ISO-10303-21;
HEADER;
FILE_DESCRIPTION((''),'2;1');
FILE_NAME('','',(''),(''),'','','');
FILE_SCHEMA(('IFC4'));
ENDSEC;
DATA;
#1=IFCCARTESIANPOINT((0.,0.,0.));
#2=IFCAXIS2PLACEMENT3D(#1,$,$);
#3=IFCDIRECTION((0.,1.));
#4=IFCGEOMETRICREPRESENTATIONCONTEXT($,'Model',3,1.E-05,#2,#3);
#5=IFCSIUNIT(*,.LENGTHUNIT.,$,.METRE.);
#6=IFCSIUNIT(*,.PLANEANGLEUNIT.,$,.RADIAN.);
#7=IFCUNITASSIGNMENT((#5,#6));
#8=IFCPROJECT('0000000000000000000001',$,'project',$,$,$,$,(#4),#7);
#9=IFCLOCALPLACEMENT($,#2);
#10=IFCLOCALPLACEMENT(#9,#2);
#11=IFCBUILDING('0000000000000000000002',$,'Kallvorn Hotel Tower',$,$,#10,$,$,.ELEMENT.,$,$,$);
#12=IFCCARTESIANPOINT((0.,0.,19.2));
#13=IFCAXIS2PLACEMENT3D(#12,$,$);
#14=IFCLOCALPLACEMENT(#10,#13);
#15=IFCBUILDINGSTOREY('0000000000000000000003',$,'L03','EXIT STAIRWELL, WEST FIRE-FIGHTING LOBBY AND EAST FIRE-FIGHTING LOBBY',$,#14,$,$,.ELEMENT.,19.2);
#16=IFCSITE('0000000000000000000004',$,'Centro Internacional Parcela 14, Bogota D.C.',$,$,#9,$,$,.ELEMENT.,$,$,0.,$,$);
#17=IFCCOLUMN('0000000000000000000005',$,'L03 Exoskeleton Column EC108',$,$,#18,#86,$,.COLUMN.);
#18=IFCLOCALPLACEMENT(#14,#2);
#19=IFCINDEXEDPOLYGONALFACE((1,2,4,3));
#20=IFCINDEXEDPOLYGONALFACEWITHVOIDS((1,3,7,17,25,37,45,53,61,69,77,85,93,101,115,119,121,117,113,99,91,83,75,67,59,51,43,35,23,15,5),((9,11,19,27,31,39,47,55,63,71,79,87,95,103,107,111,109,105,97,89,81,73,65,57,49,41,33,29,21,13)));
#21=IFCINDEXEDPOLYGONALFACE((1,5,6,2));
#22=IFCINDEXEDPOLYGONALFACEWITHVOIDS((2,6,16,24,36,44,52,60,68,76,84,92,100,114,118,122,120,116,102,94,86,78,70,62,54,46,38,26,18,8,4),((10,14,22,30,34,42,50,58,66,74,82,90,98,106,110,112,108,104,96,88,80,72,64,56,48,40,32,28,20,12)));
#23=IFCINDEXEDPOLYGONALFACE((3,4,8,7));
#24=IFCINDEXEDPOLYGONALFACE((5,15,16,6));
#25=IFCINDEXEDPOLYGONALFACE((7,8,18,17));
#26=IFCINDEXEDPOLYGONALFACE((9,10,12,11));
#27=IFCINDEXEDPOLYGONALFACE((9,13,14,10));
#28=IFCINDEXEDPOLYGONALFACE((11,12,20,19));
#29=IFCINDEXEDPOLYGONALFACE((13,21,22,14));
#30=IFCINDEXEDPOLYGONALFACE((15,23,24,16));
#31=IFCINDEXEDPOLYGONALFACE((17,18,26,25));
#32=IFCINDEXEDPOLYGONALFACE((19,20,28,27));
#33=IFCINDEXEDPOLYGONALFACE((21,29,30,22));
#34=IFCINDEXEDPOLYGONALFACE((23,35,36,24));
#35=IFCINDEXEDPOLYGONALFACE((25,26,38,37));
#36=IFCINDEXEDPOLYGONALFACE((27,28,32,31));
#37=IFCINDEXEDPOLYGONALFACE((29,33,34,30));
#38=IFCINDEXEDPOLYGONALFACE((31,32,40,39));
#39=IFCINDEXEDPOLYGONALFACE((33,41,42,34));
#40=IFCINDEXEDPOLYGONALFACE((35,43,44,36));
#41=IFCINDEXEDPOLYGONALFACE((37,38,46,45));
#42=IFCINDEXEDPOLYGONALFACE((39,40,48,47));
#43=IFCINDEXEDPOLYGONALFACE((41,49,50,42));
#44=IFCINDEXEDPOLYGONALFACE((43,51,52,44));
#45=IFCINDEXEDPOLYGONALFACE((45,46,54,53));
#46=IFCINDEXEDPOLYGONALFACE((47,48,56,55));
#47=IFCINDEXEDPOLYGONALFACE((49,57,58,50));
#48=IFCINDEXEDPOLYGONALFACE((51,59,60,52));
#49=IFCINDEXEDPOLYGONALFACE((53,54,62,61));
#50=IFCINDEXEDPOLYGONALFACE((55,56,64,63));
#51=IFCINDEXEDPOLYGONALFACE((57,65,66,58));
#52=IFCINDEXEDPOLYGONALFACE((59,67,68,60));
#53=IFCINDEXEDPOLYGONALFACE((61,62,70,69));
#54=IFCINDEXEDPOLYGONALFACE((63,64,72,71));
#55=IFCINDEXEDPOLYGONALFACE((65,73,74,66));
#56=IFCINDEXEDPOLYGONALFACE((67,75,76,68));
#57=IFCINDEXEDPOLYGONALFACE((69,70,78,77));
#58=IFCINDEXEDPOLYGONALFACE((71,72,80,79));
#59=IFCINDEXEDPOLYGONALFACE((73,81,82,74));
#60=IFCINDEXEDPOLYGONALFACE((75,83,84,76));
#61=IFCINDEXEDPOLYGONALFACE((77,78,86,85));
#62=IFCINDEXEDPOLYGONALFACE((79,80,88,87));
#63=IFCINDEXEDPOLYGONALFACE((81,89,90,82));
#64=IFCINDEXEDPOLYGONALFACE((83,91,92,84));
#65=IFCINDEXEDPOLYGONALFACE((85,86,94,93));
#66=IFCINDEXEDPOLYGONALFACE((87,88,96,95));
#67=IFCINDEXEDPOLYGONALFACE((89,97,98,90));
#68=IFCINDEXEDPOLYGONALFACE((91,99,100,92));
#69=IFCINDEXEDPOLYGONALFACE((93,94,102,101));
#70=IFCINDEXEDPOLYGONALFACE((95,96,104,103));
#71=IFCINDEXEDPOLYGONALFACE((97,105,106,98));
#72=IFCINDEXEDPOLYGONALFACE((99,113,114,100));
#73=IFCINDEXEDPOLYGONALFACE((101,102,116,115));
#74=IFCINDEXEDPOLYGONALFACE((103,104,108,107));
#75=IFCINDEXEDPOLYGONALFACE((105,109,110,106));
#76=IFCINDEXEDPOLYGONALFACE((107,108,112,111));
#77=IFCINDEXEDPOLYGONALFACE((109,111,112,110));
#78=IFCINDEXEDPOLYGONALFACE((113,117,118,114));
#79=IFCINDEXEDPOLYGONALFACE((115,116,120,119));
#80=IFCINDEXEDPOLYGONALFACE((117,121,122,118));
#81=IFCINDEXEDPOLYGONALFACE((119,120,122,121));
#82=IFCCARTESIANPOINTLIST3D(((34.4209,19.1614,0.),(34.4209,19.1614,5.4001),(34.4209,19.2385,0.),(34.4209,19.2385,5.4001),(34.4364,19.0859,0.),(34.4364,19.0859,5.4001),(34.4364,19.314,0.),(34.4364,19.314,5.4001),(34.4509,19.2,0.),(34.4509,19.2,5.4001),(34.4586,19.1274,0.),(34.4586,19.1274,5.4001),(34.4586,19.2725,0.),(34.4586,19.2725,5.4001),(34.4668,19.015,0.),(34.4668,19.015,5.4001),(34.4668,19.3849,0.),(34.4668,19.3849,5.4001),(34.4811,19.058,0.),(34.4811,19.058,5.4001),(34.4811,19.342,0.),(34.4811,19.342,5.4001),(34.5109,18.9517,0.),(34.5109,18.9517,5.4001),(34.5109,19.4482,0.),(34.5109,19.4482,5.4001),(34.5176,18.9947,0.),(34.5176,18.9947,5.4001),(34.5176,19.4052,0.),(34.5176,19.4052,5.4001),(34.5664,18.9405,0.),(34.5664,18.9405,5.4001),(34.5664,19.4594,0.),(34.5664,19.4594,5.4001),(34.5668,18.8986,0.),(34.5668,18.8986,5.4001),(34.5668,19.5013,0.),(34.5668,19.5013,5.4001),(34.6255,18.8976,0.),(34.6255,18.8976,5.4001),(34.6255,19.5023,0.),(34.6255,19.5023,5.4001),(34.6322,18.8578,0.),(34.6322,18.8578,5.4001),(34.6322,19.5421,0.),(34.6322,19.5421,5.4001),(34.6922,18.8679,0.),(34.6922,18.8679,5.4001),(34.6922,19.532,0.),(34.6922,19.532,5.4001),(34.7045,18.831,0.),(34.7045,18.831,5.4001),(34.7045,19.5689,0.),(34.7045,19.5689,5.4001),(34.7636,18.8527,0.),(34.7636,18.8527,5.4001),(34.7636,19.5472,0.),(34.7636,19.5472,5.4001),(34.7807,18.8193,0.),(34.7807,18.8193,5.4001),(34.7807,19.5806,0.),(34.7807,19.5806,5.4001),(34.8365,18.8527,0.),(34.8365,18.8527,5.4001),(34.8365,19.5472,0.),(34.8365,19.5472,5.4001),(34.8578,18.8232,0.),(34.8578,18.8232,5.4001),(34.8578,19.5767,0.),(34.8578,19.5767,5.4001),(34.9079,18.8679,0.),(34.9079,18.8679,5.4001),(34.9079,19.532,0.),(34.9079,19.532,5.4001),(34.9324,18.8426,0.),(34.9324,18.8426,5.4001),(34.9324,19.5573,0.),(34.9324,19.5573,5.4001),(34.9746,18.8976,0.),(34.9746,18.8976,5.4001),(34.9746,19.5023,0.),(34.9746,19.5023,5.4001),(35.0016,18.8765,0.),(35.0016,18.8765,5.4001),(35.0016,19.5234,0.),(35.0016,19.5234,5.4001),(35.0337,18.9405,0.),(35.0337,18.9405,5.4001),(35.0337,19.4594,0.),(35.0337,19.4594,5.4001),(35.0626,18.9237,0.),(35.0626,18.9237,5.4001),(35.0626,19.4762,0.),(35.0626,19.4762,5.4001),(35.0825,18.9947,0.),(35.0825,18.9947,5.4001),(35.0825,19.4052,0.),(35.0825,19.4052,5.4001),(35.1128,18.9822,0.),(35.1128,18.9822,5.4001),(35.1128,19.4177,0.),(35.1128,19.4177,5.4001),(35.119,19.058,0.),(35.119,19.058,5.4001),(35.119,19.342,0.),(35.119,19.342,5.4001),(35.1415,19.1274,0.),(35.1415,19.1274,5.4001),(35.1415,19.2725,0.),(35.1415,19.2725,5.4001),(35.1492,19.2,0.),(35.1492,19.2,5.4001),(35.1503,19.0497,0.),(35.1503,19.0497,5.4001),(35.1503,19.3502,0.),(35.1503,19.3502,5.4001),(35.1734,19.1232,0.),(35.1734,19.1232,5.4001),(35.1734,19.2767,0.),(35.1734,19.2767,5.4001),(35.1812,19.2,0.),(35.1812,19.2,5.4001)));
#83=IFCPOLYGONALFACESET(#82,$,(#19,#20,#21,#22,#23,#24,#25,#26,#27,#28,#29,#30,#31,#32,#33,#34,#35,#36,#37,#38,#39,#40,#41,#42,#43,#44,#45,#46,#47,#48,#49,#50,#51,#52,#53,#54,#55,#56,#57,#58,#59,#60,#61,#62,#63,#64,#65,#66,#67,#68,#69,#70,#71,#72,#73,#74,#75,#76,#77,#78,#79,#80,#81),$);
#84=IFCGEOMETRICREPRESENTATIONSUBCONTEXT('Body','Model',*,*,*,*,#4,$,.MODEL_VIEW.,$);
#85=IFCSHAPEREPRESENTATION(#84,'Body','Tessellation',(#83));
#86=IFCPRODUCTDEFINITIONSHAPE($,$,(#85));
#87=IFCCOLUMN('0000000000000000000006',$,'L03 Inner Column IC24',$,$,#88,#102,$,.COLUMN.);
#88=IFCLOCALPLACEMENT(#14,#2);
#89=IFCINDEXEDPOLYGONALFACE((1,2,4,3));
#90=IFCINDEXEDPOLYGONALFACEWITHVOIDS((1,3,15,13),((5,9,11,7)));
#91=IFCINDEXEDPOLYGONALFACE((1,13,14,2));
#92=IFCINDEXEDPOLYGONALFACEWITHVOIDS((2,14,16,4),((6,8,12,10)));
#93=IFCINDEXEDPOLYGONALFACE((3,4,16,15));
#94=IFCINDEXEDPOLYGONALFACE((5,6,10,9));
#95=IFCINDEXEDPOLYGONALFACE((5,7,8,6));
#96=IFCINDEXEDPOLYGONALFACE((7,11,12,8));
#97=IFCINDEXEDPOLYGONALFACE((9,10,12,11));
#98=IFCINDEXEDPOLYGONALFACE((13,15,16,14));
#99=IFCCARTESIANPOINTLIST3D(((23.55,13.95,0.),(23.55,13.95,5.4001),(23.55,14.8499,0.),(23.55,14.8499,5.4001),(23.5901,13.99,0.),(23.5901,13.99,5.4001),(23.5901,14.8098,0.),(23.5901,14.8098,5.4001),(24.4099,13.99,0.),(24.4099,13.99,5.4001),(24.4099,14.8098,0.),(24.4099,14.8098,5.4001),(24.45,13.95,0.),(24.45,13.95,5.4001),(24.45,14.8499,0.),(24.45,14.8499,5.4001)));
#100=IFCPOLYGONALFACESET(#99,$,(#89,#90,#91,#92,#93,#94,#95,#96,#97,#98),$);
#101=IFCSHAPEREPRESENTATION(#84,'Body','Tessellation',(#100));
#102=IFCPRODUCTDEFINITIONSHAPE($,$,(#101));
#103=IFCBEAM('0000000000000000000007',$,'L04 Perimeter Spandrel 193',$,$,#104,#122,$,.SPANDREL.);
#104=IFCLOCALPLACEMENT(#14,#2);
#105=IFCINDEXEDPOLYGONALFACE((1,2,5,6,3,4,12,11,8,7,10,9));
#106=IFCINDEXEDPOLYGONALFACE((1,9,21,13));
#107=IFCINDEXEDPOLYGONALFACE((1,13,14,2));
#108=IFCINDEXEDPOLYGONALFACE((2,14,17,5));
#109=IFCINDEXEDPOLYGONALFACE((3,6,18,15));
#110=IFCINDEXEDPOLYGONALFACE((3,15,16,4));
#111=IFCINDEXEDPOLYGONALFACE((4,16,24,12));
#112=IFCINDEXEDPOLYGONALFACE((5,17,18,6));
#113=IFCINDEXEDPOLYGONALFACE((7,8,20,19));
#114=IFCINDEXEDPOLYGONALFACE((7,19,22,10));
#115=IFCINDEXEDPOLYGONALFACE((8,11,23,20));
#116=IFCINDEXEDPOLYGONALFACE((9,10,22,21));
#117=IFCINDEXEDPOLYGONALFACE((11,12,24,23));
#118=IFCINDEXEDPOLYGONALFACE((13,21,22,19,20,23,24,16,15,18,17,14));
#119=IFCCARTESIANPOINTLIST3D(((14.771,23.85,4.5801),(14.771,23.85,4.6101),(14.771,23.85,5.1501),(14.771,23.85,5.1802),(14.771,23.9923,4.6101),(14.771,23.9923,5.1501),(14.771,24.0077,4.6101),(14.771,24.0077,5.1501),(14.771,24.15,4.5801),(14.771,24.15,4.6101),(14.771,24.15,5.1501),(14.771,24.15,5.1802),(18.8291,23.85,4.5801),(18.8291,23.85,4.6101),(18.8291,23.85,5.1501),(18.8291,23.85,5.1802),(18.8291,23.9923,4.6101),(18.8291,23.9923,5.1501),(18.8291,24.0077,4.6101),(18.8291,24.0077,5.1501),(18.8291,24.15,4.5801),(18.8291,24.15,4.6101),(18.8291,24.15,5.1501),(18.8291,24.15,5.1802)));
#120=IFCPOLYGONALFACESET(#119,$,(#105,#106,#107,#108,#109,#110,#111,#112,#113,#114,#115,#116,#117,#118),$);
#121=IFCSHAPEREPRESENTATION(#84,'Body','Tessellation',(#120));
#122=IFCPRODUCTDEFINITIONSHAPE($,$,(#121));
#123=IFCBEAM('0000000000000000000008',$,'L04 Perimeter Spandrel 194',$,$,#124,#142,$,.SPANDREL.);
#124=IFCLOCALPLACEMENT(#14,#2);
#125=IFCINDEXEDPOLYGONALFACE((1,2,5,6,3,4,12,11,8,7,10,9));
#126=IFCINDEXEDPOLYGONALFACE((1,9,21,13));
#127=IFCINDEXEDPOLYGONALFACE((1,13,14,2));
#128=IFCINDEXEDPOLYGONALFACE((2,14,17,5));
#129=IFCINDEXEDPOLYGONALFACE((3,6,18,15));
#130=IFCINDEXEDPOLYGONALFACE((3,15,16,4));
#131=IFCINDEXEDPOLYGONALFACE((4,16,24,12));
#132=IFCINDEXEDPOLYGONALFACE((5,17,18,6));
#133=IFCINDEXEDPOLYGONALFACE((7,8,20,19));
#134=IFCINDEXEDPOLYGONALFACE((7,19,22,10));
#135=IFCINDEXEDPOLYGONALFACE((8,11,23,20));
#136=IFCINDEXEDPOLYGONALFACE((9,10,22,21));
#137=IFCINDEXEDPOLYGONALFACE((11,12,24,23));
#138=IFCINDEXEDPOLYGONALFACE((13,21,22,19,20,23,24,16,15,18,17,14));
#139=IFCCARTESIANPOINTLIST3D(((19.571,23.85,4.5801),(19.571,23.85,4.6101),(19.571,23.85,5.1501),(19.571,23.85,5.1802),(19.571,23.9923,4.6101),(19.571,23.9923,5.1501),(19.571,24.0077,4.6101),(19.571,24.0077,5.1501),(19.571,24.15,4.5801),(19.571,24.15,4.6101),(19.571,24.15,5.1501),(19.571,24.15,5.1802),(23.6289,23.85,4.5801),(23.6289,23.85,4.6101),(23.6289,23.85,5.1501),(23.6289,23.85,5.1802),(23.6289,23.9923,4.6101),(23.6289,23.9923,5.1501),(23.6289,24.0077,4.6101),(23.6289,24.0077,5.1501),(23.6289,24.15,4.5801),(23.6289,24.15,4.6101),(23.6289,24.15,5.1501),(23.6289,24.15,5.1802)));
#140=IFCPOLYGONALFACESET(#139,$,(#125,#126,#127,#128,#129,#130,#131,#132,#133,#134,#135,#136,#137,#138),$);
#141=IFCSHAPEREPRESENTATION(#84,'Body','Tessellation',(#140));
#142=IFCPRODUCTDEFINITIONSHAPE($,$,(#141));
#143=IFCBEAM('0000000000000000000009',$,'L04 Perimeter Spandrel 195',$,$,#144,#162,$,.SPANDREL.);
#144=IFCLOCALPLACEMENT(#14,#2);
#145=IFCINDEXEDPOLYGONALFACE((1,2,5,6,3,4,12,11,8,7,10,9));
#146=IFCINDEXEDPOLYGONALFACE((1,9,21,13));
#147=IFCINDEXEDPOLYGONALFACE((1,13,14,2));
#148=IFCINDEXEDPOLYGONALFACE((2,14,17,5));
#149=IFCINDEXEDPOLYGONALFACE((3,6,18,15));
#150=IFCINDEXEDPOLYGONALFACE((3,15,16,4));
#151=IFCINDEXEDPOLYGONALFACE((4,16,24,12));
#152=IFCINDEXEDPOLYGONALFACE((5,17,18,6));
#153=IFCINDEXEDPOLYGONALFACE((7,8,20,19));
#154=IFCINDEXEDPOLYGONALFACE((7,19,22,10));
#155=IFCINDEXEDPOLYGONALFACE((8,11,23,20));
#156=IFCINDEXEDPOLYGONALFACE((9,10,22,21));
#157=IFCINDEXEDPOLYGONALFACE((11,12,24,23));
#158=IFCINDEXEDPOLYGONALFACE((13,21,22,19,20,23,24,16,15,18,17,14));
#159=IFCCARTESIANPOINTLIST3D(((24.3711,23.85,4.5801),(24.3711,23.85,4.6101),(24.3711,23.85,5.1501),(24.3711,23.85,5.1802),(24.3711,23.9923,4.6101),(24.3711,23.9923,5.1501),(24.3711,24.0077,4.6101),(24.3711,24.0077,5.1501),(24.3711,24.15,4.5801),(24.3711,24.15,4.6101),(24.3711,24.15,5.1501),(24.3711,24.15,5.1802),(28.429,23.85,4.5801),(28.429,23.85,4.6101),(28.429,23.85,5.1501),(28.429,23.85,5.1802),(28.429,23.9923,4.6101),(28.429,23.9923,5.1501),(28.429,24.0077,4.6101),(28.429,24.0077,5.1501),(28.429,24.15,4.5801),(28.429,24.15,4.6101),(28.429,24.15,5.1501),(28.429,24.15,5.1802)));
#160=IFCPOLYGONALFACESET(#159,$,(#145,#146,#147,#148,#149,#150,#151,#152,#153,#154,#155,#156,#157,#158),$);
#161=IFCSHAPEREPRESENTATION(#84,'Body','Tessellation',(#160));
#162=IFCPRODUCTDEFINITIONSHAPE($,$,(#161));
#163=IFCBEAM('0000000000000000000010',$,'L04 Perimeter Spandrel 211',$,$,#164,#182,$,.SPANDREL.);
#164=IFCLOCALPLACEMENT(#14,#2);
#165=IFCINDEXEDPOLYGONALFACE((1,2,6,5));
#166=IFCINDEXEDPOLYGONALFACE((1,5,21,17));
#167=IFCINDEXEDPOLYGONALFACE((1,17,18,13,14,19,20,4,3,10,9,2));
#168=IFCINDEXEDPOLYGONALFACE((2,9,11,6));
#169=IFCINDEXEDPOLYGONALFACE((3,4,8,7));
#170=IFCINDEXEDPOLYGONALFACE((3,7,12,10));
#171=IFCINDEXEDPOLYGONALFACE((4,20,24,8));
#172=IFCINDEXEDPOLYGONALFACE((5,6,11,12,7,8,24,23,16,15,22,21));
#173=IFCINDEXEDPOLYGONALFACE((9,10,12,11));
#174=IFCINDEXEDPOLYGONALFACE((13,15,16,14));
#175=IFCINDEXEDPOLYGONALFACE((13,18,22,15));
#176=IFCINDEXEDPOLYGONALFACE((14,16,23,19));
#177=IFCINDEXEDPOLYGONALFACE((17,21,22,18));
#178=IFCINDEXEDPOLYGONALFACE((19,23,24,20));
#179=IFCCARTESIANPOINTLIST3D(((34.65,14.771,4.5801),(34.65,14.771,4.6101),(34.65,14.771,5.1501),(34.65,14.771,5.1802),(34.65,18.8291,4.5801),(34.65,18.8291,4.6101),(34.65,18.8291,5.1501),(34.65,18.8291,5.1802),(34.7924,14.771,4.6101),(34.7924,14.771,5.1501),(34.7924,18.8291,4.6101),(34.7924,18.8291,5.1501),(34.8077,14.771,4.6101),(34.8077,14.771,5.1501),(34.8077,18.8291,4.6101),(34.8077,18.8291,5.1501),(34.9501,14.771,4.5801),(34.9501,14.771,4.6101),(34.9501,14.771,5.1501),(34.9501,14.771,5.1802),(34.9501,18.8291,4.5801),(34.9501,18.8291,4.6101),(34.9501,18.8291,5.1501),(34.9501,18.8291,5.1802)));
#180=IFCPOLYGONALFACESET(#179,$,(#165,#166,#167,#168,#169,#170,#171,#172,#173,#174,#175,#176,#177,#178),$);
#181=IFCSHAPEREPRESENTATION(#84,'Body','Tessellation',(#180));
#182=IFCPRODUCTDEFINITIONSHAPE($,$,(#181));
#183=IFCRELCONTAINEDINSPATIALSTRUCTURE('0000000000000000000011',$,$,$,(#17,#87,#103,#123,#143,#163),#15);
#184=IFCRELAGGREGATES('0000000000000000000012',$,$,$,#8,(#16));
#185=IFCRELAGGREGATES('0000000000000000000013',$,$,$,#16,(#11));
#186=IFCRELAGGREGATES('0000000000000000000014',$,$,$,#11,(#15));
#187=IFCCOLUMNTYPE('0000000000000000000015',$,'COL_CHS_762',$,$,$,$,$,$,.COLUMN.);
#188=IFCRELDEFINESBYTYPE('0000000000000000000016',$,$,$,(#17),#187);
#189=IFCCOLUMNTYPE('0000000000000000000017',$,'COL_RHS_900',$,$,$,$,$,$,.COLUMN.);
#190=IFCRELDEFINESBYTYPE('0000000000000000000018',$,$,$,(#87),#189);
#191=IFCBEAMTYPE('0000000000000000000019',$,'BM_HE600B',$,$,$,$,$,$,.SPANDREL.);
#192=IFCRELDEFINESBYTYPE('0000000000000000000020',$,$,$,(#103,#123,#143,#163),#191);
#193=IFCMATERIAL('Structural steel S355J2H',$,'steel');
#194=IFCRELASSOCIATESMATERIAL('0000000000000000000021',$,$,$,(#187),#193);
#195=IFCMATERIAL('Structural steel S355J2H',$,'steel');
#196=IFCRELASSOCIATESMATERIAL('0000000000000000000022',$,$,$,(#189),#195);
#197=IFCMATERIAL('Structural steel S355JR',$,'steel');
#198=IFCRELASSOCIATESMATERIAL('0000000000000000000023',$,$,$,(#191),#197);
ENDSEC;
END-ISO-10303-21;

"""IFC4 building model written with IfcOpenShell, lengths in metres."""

from ifc_helpers import new_model, si_unit, direction, frame, origin, origin_2d, place, context, subcontext, project, spatial, hollow_rectangle, hollow_circle, i_section, extrude, material, material_profile, profile_set, type_object, element, save


model = new_model("IFC4")

# Units and contexts
model_context = context("Model", 3, precision=1e-05, world=origin(), true_north=direction((0.0, 1.0)))
body_context = subcontext(model_context, "Body", "Model", "MODEL_VIEW")
ifc_project = project(units=[si_unit("LENGTHUNIT", "METRE"), si_unit("PLANEANGLEUNIT", "RADIAN")], contexts=[model_context])

# Site, building, storey
site_placement = place(None, origin())
site = spatial("IfcSite", under=ifc_project, at=site_placement, Name="Centro Internacional Parcela 14, Bogota D.C.", CompositionType="ELEMENT", RefElevation=0.0)
building_placement = place(site_placement, origin())
building = spatial("IfcBuilding", under=site, at=building_placement, Name="Kallvorn Hotel Tower", CompositionType="ELEMENT")
storey_placement = place(building_placement, frame((0.0, 0.0, 19.2)))
storey = spatial("IfcBuildingStorey", under=building, at=storey_placement, Name="L03", Description="EXIT STAIRWELL, WEST FIRE-FIGHTING LOBBY AND EAST FIRE-FIGHTING LOBBY", CompositionType="ELEMENT", Elevation=19.2)

# Columns
ifc_material_1 = material(Name="Structural steel S355J2H", Category="steel")
ifc_material_profile_1 = material_profile(ifc_material_1, hollow_circle(Radius=0.3811, WallThickness=0.032, at=origin_2d()), Name="CHS 762x32")
ifc_profile_set_1 = profile_set([ifc_material_profile_1], Name="Structural steel S355J2H")
column_type_1 = type_object("IfcColumnType", Name="COL_CHS_762", PredefinedType="COLUMN", material=ifc_profile_set_1)
for number, where, z_axis, x_axis, name in (
    (1, (34.8, 19.2, 0.0), (0.0, 0.0, 1.0), (1.0, 0.0, 0.0), "L03 Exoskeleton Column EC108"),
):
    element("IfcColumn", number, at=place(storey_placement, frame(where, z_axis=z_axis, x_axis=x_axis)), inside=storey, type_object=column_type_1, Name=name, PredefinedType="COLUMN", context=body_context, shape_type="SweptSolid", body=[
        extrude(hollow_circle(Radius=0.3811, WallThickness=0.032, at=origin_2d()), origin(), (0.0, 0.0, 1.0), 5.4001),
    ])
ifc_material_2 = material(Name="Structural steel S355J2H", Category="steel")
ifc_material_profile_2 = material_profile(ifc_material_2, hollow_rectangle(XDim=0.8999, YDim=0.8999, WallThickness=0.04, at=origin_2d()), Name="RHS 900x900x40")
ifc_profile_set_2 = profile_set([ifc_material_profile_2], Name="Structural steel S355J2H")
column_type_2 = type_object("IfcColumnType", Name="COL_RHS_900", PredefinedType="COLUMN", material=ifc_profile_set_2)
column_placement = place(storey_placement, frame((24.0, 14.3999, 0.0), z_axis=(0.0, 0.0, 1.0), x_axis=(1.0, 0.0, 0.0)))
element("IfcColumn", 2, at=column_placement, inside=storey, type_object=column_type_2, Name="L03 Inner Column IC24", PredefinedType="COLUMN", context=body_context, shape_type="SweptSolid", body=[
    extrude(hollow_rectangle(XDim=0.8999, YDim=0.8999, WallThickness=0.04, at=origin_2d()), origin(), (0.0, 0.0, 1.0), 5.4001),
])

# Beams
ifc_material_3 = material(Name="Structural steel S355JR", Category="steel")
ifc_material_profile_3 = material_profile(ifc_material_3, i_section(OverallWidth=0.3, OverallDepth=0.6001, WebThickness=0.0154, FlangeThickness=0.03, at=origin_2d()), Name="HE 600 B")
ifc_profile_set_3 = profile_set([ifc_material_profile_3], Name="Structural steel S355JR")
beam_type_1 = type_object("IfcBeamType", Name="BM_HE600B", PredefinedType="SPANDREL", material=ifc_profile_set_3)
beam_1_placement = place(storey_placement, frame((14.771, 24.0, 4.8801), z_axis=(1.0, 0.0, 0.0), x_axis=(0.0, 1.0, 0.0)))
element("IfcBeam", 3, at=beam_1_placement, inside=storey, type_object=beam_type_1, Name="L04 Perimeter Spandrel 193", PredefinedType="SPANDREL", context=body_context, shape_type="SweptSolid", body=[
    extrude(i_section(OverallWidth=0.3, OverallDepth=0.6001, WebThickness=0.0154, FlangeThickness=0.03, at=origin_2d()), origin(), (0.0, 0.0, 1.0), 4.0581),
])
for number, where, z_axis, x_axis, name in (
    (4, (19.571, 24.0, 4.8801), (1.0, 0.0, 0.0), (0.0, 1.0, 0.0), "L04 Perimeter Spandrel 194"),
    (5, (24.3711, 24.0, 4.8801), (1.0, 0.0, 0.0), (0.0, 1.0, 0.0), "L04 Perimeter Spandrel 195"),
):
    element("IfcBeam", number, at=place(storey_placement, frame(where, z_axis=z_axis, x_axis=x_axis)), inside=storey, type_object=beam_type_1, Name=name, PredefinedType="SPANDREL", context=body_context, shape_type="SweptSolid", body=[
        extrude(i_section(OverallWidth=0.3, OverallDepth=0.6001, WebThickness=0.0154, FlangeThickness=0.03, at=origin_2d()), origin(), (0.0, 0.0, 1.0), 4.0579),
    ])
beam_2_placement = place(storey_placement, frame((34.8, 14.771, 4.8801), z_axis=(0.0, 1.0, 0.0), x_axis=(-1.0, 0.0, 0.0)))
element("IfcBeam", 6, at=beam_2_placement, inside=storey, type_object=beam_type_1, Name="L04 Perimeter Spandrel 211", PredefinedType="SPANDREL", context=body_context, shape_type="SweptSolid", body=[
    extrude(i_section(OverallWidth=0.3, OverallDepth=0.6001, WebThickness=0.0154, FlangeThickness=0.03, at=origin_2d()), origin(), (0.0, 0.0, 1.0), 4.0581),
])

save(model, "model.ifc")
